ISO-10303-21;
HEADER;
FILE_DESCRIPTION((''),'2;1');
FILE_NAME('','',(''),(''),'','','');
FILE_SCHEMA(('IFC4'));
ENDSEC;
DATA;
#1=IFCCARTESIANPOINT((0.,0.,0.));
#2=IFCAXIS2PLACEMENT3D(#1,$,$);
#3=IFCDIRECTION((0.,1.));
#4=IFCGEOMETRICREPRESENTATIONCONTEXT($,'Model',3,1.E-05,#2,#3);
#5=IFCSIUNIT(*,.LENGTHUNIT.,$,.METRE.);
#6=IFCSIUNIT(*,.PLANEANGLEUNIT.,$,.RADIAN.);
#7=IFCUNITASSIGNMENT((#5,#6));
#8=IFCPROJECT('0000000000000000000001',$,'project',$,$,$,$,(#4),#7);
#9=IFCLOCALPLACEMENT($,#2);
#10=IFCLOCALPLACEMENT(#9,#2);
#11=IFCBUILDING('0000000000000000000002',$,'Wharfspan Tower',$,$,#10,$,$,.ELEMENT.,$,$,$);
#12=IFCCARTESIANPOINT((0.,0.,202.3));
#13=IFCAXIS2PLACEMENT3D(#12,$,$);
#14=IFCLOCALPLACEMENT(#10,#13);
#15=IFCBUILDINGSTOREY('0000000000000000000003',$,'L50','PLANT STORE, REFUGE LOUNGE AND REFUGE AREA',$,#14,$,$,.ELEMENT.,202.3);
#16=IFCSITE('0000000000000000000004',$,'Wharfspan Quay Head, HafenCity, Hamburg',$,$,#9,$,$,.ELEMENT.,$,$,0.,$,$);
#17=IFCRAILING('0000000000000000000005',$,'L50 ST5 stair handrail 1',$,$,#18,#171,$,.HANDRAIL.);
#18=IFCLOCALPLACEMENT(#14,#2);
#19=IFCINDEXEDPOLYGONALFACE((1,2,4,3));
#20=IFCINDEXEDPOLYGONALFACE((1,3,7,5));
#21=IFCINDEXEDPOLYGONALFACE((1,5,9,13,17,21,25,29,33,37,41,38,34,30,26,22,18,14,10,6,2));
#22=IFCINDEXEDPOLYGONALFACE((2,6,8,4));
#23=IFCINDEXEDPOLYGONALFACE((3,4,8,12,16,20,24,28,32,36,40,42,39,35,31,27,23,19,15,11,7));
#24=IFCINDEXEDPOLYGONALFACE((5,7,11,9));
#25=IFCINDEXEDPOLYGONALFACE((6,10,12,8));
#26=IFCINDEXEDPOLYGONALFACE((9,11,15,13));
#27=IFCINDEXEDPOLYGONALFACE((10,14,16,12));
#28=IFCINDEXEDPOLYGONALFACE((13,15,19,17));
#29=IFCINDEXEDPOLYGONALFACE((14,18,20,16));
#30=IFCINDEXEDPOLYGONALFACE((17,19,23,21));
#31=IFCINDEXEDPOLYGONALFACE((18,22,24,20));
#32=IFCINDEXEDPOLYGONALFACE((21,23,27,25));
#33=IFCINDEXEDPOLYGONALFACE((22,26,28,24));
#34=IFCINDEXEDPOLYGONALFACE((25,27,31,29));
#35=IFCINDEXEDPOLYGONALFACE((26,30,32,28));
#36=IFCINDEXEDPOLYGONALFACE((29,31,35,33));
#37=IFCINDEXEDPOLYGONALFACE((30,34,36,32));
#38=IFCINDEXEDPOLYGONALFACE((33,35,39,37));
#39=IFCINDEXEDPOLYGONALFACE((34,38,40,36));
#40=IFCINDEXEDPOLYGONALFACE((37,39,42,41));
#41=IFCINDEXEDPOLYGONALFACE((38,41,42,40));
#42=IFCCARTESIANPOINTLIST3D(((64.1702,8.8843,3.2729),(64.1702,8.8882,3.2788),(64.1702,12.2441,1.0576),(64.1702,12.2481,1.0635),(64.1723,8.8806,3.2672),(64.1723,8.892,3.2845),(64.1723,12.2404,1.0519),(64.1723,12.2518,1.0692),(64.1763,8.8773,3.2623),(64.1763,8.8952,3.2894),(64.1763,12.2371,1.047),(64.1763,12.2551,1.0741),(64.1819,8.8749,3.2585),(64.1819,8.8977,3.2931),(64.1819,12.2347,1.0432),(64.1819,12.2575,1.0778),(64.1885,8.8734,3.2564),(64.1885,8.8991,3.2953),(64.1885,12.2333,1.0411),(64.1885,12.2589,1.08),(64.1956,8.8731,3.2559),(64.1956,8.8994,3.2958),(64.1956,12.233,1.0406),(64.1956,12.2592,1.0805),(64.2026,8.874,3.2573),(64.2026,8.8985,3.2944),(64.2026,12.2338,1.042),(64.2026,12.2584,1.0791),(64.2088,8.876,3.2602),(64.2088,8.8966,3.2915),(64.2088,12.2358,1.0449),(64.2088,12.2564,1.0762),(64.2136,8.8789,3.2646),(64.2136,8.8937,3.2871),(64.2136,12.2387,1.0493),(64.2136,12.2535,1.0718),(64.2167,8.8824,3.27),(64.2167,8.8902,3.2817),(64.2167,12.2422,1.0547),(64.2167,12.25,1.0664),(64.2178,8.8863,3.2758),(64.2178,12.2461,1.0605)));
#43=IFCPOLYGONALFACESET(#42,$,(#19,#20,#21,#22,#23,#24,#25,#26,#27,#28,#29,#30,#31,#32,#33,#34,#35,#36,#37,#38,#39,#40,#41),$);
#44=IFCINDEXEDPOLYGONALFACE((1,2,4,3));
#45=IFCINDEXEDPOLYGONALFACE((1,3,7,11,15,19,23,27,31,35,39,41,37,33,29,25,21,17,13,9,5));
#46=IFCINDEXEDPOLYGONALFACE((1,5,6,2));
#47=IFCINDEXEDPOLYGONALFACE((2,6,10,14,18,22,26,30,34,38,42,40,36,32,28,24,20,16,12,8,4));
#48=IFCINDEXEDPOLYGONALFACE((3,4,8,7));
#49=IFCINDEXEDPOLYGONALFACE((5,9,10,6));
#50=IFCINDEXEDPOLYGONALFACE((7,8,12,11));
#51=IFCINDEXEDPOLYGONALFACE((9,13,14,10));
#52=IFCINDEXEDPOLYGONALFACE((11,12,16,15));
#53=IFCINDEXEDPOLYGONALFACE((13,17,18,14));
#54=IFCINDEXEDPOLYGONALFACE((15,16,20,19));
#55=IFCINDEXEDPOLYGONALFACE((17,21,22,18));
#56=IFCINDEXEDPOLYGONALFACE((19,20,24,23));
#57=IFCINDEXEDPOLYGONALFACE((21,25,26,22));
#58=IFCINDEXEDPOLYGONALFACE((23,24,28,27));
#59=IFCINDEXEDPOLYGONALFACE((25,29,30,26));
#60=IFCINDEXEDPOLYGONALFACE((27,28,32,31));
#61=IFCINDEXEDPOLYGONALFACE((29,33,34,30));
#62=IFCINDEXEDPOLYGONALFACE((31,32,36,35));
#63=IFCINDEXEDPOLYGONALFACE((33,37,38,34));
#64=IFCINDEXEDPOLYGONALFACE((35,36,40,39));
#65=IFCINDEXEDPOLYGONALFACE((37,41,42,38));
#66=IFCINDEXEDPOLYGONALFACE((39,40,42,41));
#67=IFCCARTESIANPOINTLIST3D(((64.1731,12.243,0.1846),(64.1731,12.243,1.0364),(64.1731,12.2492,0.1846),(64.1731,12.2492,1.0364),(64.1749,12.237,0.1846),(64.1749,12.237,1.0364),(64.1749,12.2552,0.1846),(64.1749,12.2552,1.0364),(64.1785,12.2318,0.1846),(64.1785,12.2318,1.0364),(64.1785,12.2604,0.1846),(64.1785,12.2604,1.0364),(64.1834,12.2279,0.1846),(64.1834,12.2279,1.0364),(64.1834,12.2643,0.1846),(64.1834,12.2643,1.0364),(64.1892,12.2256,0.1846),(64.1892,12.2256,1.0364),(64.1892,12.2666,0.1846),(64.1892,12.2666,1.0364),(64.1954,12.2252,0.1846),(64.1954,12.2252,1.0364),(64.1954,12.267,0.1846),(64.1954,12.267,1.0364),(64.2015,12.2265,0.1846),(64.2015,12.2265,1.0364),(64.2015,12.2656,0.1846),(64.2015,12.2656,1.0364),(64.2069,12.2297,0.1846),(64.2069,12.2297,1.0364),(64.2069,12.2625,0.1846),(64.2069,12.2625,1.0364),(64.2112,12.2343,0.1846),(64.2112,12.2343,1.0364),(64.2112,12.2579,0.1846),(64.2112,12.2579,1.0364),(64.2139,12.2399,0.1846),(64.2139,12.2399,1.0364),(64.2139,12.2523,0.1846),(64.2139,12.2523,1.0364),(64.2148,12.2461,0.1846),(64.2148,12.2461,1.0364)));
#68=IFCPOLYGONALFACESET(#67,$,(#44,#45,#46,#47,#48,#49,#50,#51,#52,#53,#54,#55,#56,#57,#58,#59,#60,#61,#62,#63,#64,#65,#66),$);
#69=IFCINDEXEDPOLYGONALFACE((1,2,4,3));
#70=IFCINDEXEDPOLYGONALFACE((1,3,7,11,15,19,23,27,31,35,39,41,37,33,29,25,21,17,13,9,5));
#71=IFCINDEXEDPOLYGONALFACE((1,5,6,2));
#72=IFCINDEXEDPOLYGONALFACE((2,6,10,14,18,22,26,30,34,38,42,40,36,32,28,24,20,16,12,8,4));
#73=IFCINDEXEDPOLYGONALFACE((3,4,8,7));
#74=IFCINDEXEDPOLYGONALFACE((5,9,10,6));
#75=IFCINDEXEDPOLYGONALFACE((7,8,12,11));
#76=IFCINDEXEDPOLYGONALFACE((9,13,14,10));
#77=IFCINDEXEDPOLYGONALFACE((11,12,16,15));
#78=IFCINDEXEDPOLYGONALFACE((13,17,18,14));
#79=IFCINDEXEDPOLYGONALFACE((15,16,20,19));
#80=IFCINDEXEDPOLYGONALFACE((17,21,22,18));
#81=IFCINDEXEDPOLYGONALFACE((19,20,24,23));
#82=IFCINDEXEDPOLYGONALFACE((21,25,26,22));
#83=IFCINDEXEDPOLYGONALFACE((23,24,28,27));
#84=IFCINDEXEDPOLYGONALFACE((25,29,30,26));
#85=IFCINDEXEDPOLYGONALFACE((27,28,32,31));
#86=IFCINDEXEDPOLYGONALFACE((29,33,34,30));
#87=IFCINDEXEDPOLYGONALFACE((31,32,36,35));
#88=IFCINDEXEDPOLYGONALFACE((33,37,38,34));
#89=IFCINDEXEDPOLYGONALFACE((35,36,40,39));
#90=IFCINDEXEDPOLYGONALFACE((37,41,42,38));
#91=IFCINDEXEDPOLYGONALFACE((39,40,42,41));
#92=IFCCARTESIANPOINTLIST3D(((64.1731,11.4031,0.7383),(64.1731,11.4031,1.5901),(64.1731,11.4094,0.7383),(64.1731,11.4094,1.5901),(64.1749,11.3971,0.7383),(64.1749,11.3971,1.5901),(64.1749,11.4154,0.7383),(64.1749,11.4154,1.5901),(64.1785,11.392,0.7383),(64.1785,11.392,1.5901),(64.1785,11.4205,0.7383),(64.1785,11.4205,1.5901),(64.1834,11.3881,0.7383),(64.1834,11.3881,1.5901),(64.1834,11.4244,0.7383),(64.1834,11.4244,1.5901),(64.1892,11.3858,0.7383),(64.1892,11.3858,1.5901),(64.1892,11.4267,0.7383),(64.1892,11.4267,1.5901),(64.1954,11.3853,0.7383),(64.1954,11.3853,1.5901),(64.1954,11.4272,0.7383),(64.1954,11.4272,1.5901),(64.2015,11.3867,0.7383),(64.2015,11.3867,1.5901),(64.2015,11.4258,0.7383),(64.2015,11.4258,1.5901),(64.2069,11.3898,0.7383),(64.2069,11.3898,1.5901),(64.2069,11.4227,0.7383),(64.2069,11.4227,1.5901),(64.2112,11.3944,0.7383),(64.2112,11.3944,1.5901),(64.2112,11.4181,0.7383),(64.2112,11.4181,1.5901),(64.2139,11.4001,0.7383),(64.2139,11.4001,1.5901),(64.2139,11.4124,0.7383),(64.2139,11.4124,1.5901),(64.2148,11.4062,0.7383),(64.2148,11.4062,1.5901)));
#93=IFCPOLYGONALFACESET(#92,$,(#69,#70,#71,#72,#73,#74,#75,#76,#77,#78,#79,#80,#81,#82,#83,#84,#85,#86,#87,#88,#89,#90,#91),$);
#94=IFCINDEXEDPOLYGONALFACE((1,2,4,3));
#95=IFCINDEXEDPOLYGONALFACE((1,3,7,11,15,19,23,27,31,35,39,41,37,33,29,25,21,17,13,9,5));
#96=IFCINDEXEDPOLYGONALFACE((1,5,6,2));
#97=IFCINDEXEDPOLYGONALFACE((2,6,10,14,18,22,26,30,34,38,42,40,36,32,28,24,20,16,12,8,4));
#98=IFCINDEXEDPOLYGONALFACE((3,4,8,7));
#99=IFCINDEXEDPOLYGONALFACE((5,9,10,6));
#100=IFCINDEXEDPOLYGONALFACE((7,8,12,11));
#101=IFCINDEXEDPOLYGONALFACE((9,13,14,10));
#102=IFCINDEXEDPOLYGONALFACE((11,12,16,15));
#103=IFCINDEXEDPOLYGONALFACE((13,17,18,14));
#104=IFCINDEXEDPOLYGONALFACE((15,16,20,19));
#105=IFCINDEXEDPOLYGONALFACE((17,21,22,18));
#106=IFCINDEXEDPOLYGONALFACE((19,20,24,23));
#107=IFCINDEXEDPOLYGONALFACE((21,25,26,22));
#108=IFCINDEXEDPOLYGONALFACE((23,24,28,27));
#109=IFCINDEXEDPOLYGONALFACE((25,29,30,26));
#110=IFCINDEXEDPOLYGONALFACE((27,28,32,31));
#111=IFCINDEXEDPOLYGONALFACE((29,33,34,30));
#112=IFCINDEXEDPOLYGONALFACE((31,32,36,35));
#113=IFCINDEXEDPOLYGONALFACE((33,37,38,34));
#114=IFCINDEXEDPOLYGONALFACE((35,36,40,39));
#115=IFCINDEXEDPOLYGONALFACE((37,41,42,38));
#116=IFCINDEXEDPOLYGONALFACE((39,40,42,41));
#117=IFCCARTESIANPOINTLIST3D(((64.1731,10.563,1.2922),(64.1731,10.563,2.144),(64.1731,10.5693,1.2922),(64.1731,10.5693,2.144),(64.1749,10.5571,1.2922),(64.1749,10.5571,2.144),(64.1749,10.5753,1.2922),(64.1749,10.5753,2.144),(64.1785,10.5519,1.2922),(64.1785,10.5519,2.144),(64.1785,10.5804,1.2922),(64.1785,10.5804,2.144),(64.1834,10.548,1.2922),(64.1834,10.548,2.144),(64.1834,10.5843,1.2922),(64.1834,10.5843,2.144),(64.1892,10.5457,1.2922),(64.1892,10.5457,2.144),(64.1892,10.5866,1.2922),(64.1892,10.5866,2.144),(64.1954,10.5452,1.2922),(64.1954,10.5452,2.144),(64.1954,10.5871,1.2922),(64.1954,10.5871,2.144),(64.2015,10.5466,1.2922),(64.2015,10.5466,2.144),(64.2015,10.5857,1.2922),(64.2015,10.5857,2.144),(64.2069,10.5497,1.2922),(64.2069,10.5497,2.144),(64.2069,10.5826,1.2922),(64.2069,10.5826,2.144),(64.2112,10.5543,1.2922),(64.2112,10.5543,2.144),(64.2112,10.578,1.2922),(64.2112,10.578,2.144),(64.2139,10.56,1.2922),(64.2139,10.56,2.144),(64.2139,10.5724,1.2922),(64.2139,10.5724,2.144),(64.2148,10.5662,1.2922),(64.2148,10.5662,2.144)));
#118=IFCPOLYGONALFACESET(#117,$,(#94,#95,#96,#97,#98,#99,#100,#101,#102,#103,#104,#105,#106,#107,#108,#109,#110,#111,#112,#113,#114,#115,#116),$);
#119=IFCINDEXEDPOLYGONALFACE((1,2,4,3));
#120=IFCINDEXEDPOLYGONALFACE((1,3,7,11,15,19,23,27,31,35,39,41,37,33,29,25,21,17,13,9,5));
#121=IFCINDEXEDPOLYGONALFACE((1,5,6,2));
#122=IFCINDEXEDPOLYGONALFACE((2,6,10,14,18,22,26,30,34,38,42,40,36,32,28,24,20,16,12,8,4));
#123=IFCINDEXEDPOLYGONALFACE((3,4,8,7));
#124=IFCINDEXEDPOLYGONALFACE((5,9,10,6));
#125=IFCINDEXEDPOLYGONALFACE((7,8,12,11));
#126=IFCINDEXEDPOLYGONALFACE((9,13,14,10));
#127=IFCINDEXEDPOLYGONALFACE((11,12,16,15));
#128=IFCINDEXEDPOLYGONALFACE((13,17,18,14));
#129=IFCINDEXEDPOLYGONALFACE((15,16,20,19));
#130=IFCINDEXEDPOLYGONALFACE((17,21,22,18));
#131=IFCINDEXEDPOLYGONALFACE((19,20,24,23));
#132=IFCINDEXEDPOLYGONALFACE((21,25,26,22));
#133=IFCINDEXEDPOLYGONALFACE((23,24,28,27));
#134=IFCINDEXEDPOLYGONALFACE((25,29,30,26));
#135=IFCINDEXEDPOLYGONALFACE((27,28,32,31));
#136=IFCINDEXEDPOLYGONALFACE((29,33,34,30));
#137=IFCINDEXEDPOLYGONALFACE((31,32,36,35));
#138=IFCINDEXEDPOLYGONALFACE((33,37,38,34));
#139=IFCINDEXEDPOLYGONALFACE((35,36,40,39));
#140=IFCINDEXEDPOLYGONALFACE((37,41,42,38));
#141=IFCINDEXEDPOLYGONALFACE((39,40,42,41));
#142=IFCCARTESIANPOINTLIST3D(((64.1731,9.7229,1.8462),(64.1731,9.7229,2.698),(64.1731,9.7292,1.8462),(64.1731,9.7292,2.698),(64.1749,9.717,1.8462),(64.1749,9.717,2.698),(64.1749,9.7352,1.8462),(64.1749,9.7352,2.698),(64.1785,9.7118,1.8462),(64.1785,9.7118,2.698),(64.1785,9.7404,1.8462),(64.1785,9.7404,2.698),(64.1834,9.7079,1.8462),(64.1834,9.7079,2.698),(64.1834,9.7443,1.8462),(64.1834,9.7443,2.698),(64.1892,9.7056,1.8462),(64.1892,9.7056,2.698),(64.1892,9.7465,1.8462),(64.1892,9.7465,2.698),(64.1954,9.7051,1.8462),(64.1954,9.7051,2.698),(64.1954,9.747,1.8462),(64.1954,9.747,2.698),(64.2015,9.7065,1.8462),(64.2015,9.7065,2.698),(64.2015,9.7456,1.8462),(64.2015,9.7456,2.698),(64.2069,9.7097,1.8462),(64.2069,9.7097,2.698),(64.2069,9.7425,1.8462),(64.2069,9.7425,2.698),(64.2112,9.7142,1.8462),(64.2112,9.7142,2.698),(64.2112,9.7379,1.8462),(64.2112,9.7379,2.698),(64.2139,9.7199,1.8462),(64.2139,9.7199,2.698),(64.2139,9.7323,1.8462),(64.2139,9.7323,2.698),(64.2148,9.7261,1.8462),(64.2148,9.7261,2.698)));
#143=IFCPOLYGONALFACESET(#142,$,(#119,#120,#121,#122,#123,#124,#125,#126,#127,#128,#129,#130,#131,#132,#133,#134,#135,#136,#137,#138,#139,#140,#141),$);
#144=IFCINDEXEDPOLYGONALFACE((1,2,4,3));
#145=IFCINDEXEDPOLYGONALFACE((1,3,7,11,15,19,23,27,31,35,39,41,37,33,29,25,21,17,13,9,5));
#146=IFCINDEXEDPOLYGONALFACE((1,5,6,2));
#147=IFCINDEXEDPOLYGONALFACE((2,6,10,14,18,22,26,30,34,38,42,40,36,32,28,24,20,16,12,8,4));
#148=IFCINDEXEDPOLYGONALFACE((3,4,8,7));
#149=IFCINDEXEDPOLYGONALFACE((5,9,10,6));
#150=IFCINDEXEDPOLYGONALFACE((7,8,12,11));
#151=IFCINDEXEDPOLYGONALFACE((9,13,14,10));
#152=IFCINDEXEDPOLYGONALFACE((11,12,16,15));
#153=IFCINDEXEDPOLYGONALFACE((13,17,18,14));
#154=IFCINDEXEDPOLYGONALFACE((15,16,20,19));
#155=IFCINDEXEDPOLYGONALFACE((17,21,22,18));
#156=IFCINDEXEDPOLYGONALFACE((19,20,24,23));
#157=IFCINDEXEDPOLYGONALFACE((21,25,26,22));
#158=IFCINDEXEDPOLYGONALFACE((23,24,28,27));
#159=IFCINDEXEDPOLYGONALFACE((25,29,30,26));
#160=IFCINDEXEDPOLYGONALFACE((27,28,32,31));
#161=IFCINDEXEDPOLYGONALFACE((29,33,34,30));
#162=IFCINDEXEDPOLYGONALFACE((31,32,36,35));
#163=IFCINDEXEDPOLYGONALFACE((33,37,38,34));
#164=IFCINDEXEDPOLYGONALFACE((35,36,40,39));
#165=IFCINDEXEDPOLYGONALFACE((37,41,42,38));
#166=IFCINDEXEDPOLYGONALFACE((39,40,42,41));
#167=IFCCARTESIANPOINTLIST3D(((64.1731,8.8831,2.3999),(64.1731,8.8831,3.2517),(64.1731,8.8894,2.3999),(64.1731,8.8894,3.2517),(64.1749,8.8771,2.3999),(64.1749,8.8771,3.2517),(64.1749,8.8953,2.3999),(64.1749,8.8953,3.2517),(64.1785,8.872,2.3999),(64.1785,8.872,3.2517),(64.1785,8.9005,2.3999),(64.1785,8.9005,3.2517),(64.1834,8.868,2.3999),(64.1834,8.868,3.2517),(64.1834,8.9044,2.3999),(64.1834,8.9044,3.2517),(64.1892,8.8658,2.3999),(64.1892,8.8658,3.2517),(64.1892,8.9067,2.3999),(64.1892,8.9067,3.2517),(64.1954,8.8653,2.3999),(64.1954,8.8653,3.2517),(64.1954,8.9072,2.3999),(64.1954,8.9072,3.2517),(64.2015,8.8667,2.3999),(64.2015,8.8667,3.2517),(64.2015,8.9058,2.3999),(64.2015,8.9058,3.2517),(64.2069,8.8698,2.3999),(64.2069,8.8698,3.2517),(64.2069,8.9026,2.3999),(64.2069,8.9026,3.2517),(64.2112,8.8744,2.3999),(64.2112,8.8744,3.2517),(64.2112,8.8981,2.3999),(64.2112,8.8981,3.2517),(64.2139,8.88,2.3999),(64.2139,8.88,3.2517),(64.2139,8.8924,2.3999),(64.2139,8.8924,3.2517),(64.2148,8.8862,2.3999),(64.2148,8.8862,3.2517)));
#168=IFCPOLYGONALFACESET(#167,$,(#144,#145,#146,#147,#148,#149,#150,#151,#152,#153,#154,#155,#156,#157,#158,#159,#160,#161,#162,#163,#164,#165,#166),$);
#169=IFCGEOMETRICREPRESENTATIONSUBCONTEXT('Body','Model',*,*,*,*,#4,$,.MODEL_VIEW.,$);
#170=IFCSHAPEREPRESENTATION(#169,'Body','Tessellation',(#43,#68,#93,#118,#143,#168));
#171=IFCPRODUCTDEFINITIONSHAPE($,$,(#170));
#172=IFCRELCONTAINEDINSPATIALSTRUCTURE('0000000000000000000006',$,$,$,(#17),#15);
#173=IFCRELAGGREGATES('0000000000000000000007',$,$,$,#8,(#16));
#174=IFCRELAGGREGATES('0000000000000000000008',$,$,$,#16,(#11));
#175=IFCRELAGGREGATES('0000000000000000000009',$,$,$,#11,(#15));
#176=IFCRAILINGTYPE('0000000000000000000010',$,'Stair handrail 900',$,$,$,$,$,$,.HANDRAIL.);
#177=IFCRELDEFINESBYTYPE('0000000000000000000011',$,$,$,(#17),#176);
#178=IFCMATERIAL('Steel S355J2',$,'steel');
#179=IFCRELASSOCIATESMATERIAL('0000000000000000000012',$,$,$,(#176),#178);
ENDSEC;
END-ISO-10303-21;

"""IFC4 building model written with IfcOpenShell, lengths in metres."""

from ifc_helpers import new_model, si_unit, direction, frame, origin, origin_2d, place, context, subcontext, project, spatial, circle, extrude, material, type_object, element, save


model = new_model("IFC4")

# Units and contexts
model_context = context("Model", 3, precision=1e-05, world=origin(), true_north=direction((0.0, 1.0)))
body_context = subcontext(model_context, "Body", "Model", "MODEL_VIEW")
ifc_project = project(units=[si_unit("LENGTHUNIT", "METRE"), si_unit("PLANEANGLEUNIT", "RADIAN")], contexts=[model_context])

# Site, building, storey
site_placement = place(None, origin())
site = spatial("IfcSite", under=ifc_project, at=site_placement, Name="Wharfspan Quay Head, HafenCity, Hamburg", CompositionType="ELEMENT", RefElevation=0.0)
building_placement = place(site_placement, origin())
building = spatial("IfcBuilding", under=site, at=building_placement, Name="Wharfspan Tower", CompositionType="ELEMENT")
storey_placement = place(building_placement, frame((0.0, 0.0, 202.3)))
storey = spatial("IfcBuildingStorey", under=building, at=storey_placement, Name="L50", Description="PLANT STORE, REFUGE LOUNGE AND REFUGE AREA", CompositionType="ELEMENT", Elevation=202.3)

# Shared definitions
ifc_material_1 = material(Name="Steel S355J2", Category="steel")

# Railing
railing_type_1 = type_object("IfcRailingType", Name="Stair handrail 900", PredefinedType="HANDRAIL", material=ifc_material_1)
railing_1_placement = place(storey_placement, frame((64.1938, 12.2461, 0.1846)))
element("IfcRailing", 1, at=railing_1_placement, inside=storey, type_object=railing_type_1, Name="L50 ST5 stair handrail 1", PredefinedType="HANDRAIL", context=body_context, shape_type="SweptSolid", body=[
    extrude(circle(Radius=0.0239, at=origin_2d()), frame((0.0, 0.0, 0.876), z_axis=(0.0, -0.834858, 0.550465), x_axis=(1.0, 0.0, 0.0)), (0.0, 0.0, 1.0), 4.0244),
    extrude(circle(Radius=0.021, at=origin_2d()), origin(), (0.0, 0.0, 1.0), 0.8518),
    extrude(circle(Radius=0.021, at=origin_2d()), frame((0.0, -0.8398, 0.5537)), (0.0, 0.0, 1.0), 0.8518),
    extrude(circle(Radius=0.021, at=origin_2d()), frame((0.0, -1.6799, 1.1077)), (0.0, 0.0, 1.0), 0.8518),
    extrude(circle(Radius=0.021, at=origin_2d()), frame((0.0, -2.52, 1.6616)), (0.0, 0.0, 1.0), 0.8518),
    extrude(circle(Radius=0.021, at=origin_2d()), frame((0.0, -3.3599, 2.2153)), (0.0, 0.0, 1.0), 0.8518),
])

save(model, "model.ifc")
